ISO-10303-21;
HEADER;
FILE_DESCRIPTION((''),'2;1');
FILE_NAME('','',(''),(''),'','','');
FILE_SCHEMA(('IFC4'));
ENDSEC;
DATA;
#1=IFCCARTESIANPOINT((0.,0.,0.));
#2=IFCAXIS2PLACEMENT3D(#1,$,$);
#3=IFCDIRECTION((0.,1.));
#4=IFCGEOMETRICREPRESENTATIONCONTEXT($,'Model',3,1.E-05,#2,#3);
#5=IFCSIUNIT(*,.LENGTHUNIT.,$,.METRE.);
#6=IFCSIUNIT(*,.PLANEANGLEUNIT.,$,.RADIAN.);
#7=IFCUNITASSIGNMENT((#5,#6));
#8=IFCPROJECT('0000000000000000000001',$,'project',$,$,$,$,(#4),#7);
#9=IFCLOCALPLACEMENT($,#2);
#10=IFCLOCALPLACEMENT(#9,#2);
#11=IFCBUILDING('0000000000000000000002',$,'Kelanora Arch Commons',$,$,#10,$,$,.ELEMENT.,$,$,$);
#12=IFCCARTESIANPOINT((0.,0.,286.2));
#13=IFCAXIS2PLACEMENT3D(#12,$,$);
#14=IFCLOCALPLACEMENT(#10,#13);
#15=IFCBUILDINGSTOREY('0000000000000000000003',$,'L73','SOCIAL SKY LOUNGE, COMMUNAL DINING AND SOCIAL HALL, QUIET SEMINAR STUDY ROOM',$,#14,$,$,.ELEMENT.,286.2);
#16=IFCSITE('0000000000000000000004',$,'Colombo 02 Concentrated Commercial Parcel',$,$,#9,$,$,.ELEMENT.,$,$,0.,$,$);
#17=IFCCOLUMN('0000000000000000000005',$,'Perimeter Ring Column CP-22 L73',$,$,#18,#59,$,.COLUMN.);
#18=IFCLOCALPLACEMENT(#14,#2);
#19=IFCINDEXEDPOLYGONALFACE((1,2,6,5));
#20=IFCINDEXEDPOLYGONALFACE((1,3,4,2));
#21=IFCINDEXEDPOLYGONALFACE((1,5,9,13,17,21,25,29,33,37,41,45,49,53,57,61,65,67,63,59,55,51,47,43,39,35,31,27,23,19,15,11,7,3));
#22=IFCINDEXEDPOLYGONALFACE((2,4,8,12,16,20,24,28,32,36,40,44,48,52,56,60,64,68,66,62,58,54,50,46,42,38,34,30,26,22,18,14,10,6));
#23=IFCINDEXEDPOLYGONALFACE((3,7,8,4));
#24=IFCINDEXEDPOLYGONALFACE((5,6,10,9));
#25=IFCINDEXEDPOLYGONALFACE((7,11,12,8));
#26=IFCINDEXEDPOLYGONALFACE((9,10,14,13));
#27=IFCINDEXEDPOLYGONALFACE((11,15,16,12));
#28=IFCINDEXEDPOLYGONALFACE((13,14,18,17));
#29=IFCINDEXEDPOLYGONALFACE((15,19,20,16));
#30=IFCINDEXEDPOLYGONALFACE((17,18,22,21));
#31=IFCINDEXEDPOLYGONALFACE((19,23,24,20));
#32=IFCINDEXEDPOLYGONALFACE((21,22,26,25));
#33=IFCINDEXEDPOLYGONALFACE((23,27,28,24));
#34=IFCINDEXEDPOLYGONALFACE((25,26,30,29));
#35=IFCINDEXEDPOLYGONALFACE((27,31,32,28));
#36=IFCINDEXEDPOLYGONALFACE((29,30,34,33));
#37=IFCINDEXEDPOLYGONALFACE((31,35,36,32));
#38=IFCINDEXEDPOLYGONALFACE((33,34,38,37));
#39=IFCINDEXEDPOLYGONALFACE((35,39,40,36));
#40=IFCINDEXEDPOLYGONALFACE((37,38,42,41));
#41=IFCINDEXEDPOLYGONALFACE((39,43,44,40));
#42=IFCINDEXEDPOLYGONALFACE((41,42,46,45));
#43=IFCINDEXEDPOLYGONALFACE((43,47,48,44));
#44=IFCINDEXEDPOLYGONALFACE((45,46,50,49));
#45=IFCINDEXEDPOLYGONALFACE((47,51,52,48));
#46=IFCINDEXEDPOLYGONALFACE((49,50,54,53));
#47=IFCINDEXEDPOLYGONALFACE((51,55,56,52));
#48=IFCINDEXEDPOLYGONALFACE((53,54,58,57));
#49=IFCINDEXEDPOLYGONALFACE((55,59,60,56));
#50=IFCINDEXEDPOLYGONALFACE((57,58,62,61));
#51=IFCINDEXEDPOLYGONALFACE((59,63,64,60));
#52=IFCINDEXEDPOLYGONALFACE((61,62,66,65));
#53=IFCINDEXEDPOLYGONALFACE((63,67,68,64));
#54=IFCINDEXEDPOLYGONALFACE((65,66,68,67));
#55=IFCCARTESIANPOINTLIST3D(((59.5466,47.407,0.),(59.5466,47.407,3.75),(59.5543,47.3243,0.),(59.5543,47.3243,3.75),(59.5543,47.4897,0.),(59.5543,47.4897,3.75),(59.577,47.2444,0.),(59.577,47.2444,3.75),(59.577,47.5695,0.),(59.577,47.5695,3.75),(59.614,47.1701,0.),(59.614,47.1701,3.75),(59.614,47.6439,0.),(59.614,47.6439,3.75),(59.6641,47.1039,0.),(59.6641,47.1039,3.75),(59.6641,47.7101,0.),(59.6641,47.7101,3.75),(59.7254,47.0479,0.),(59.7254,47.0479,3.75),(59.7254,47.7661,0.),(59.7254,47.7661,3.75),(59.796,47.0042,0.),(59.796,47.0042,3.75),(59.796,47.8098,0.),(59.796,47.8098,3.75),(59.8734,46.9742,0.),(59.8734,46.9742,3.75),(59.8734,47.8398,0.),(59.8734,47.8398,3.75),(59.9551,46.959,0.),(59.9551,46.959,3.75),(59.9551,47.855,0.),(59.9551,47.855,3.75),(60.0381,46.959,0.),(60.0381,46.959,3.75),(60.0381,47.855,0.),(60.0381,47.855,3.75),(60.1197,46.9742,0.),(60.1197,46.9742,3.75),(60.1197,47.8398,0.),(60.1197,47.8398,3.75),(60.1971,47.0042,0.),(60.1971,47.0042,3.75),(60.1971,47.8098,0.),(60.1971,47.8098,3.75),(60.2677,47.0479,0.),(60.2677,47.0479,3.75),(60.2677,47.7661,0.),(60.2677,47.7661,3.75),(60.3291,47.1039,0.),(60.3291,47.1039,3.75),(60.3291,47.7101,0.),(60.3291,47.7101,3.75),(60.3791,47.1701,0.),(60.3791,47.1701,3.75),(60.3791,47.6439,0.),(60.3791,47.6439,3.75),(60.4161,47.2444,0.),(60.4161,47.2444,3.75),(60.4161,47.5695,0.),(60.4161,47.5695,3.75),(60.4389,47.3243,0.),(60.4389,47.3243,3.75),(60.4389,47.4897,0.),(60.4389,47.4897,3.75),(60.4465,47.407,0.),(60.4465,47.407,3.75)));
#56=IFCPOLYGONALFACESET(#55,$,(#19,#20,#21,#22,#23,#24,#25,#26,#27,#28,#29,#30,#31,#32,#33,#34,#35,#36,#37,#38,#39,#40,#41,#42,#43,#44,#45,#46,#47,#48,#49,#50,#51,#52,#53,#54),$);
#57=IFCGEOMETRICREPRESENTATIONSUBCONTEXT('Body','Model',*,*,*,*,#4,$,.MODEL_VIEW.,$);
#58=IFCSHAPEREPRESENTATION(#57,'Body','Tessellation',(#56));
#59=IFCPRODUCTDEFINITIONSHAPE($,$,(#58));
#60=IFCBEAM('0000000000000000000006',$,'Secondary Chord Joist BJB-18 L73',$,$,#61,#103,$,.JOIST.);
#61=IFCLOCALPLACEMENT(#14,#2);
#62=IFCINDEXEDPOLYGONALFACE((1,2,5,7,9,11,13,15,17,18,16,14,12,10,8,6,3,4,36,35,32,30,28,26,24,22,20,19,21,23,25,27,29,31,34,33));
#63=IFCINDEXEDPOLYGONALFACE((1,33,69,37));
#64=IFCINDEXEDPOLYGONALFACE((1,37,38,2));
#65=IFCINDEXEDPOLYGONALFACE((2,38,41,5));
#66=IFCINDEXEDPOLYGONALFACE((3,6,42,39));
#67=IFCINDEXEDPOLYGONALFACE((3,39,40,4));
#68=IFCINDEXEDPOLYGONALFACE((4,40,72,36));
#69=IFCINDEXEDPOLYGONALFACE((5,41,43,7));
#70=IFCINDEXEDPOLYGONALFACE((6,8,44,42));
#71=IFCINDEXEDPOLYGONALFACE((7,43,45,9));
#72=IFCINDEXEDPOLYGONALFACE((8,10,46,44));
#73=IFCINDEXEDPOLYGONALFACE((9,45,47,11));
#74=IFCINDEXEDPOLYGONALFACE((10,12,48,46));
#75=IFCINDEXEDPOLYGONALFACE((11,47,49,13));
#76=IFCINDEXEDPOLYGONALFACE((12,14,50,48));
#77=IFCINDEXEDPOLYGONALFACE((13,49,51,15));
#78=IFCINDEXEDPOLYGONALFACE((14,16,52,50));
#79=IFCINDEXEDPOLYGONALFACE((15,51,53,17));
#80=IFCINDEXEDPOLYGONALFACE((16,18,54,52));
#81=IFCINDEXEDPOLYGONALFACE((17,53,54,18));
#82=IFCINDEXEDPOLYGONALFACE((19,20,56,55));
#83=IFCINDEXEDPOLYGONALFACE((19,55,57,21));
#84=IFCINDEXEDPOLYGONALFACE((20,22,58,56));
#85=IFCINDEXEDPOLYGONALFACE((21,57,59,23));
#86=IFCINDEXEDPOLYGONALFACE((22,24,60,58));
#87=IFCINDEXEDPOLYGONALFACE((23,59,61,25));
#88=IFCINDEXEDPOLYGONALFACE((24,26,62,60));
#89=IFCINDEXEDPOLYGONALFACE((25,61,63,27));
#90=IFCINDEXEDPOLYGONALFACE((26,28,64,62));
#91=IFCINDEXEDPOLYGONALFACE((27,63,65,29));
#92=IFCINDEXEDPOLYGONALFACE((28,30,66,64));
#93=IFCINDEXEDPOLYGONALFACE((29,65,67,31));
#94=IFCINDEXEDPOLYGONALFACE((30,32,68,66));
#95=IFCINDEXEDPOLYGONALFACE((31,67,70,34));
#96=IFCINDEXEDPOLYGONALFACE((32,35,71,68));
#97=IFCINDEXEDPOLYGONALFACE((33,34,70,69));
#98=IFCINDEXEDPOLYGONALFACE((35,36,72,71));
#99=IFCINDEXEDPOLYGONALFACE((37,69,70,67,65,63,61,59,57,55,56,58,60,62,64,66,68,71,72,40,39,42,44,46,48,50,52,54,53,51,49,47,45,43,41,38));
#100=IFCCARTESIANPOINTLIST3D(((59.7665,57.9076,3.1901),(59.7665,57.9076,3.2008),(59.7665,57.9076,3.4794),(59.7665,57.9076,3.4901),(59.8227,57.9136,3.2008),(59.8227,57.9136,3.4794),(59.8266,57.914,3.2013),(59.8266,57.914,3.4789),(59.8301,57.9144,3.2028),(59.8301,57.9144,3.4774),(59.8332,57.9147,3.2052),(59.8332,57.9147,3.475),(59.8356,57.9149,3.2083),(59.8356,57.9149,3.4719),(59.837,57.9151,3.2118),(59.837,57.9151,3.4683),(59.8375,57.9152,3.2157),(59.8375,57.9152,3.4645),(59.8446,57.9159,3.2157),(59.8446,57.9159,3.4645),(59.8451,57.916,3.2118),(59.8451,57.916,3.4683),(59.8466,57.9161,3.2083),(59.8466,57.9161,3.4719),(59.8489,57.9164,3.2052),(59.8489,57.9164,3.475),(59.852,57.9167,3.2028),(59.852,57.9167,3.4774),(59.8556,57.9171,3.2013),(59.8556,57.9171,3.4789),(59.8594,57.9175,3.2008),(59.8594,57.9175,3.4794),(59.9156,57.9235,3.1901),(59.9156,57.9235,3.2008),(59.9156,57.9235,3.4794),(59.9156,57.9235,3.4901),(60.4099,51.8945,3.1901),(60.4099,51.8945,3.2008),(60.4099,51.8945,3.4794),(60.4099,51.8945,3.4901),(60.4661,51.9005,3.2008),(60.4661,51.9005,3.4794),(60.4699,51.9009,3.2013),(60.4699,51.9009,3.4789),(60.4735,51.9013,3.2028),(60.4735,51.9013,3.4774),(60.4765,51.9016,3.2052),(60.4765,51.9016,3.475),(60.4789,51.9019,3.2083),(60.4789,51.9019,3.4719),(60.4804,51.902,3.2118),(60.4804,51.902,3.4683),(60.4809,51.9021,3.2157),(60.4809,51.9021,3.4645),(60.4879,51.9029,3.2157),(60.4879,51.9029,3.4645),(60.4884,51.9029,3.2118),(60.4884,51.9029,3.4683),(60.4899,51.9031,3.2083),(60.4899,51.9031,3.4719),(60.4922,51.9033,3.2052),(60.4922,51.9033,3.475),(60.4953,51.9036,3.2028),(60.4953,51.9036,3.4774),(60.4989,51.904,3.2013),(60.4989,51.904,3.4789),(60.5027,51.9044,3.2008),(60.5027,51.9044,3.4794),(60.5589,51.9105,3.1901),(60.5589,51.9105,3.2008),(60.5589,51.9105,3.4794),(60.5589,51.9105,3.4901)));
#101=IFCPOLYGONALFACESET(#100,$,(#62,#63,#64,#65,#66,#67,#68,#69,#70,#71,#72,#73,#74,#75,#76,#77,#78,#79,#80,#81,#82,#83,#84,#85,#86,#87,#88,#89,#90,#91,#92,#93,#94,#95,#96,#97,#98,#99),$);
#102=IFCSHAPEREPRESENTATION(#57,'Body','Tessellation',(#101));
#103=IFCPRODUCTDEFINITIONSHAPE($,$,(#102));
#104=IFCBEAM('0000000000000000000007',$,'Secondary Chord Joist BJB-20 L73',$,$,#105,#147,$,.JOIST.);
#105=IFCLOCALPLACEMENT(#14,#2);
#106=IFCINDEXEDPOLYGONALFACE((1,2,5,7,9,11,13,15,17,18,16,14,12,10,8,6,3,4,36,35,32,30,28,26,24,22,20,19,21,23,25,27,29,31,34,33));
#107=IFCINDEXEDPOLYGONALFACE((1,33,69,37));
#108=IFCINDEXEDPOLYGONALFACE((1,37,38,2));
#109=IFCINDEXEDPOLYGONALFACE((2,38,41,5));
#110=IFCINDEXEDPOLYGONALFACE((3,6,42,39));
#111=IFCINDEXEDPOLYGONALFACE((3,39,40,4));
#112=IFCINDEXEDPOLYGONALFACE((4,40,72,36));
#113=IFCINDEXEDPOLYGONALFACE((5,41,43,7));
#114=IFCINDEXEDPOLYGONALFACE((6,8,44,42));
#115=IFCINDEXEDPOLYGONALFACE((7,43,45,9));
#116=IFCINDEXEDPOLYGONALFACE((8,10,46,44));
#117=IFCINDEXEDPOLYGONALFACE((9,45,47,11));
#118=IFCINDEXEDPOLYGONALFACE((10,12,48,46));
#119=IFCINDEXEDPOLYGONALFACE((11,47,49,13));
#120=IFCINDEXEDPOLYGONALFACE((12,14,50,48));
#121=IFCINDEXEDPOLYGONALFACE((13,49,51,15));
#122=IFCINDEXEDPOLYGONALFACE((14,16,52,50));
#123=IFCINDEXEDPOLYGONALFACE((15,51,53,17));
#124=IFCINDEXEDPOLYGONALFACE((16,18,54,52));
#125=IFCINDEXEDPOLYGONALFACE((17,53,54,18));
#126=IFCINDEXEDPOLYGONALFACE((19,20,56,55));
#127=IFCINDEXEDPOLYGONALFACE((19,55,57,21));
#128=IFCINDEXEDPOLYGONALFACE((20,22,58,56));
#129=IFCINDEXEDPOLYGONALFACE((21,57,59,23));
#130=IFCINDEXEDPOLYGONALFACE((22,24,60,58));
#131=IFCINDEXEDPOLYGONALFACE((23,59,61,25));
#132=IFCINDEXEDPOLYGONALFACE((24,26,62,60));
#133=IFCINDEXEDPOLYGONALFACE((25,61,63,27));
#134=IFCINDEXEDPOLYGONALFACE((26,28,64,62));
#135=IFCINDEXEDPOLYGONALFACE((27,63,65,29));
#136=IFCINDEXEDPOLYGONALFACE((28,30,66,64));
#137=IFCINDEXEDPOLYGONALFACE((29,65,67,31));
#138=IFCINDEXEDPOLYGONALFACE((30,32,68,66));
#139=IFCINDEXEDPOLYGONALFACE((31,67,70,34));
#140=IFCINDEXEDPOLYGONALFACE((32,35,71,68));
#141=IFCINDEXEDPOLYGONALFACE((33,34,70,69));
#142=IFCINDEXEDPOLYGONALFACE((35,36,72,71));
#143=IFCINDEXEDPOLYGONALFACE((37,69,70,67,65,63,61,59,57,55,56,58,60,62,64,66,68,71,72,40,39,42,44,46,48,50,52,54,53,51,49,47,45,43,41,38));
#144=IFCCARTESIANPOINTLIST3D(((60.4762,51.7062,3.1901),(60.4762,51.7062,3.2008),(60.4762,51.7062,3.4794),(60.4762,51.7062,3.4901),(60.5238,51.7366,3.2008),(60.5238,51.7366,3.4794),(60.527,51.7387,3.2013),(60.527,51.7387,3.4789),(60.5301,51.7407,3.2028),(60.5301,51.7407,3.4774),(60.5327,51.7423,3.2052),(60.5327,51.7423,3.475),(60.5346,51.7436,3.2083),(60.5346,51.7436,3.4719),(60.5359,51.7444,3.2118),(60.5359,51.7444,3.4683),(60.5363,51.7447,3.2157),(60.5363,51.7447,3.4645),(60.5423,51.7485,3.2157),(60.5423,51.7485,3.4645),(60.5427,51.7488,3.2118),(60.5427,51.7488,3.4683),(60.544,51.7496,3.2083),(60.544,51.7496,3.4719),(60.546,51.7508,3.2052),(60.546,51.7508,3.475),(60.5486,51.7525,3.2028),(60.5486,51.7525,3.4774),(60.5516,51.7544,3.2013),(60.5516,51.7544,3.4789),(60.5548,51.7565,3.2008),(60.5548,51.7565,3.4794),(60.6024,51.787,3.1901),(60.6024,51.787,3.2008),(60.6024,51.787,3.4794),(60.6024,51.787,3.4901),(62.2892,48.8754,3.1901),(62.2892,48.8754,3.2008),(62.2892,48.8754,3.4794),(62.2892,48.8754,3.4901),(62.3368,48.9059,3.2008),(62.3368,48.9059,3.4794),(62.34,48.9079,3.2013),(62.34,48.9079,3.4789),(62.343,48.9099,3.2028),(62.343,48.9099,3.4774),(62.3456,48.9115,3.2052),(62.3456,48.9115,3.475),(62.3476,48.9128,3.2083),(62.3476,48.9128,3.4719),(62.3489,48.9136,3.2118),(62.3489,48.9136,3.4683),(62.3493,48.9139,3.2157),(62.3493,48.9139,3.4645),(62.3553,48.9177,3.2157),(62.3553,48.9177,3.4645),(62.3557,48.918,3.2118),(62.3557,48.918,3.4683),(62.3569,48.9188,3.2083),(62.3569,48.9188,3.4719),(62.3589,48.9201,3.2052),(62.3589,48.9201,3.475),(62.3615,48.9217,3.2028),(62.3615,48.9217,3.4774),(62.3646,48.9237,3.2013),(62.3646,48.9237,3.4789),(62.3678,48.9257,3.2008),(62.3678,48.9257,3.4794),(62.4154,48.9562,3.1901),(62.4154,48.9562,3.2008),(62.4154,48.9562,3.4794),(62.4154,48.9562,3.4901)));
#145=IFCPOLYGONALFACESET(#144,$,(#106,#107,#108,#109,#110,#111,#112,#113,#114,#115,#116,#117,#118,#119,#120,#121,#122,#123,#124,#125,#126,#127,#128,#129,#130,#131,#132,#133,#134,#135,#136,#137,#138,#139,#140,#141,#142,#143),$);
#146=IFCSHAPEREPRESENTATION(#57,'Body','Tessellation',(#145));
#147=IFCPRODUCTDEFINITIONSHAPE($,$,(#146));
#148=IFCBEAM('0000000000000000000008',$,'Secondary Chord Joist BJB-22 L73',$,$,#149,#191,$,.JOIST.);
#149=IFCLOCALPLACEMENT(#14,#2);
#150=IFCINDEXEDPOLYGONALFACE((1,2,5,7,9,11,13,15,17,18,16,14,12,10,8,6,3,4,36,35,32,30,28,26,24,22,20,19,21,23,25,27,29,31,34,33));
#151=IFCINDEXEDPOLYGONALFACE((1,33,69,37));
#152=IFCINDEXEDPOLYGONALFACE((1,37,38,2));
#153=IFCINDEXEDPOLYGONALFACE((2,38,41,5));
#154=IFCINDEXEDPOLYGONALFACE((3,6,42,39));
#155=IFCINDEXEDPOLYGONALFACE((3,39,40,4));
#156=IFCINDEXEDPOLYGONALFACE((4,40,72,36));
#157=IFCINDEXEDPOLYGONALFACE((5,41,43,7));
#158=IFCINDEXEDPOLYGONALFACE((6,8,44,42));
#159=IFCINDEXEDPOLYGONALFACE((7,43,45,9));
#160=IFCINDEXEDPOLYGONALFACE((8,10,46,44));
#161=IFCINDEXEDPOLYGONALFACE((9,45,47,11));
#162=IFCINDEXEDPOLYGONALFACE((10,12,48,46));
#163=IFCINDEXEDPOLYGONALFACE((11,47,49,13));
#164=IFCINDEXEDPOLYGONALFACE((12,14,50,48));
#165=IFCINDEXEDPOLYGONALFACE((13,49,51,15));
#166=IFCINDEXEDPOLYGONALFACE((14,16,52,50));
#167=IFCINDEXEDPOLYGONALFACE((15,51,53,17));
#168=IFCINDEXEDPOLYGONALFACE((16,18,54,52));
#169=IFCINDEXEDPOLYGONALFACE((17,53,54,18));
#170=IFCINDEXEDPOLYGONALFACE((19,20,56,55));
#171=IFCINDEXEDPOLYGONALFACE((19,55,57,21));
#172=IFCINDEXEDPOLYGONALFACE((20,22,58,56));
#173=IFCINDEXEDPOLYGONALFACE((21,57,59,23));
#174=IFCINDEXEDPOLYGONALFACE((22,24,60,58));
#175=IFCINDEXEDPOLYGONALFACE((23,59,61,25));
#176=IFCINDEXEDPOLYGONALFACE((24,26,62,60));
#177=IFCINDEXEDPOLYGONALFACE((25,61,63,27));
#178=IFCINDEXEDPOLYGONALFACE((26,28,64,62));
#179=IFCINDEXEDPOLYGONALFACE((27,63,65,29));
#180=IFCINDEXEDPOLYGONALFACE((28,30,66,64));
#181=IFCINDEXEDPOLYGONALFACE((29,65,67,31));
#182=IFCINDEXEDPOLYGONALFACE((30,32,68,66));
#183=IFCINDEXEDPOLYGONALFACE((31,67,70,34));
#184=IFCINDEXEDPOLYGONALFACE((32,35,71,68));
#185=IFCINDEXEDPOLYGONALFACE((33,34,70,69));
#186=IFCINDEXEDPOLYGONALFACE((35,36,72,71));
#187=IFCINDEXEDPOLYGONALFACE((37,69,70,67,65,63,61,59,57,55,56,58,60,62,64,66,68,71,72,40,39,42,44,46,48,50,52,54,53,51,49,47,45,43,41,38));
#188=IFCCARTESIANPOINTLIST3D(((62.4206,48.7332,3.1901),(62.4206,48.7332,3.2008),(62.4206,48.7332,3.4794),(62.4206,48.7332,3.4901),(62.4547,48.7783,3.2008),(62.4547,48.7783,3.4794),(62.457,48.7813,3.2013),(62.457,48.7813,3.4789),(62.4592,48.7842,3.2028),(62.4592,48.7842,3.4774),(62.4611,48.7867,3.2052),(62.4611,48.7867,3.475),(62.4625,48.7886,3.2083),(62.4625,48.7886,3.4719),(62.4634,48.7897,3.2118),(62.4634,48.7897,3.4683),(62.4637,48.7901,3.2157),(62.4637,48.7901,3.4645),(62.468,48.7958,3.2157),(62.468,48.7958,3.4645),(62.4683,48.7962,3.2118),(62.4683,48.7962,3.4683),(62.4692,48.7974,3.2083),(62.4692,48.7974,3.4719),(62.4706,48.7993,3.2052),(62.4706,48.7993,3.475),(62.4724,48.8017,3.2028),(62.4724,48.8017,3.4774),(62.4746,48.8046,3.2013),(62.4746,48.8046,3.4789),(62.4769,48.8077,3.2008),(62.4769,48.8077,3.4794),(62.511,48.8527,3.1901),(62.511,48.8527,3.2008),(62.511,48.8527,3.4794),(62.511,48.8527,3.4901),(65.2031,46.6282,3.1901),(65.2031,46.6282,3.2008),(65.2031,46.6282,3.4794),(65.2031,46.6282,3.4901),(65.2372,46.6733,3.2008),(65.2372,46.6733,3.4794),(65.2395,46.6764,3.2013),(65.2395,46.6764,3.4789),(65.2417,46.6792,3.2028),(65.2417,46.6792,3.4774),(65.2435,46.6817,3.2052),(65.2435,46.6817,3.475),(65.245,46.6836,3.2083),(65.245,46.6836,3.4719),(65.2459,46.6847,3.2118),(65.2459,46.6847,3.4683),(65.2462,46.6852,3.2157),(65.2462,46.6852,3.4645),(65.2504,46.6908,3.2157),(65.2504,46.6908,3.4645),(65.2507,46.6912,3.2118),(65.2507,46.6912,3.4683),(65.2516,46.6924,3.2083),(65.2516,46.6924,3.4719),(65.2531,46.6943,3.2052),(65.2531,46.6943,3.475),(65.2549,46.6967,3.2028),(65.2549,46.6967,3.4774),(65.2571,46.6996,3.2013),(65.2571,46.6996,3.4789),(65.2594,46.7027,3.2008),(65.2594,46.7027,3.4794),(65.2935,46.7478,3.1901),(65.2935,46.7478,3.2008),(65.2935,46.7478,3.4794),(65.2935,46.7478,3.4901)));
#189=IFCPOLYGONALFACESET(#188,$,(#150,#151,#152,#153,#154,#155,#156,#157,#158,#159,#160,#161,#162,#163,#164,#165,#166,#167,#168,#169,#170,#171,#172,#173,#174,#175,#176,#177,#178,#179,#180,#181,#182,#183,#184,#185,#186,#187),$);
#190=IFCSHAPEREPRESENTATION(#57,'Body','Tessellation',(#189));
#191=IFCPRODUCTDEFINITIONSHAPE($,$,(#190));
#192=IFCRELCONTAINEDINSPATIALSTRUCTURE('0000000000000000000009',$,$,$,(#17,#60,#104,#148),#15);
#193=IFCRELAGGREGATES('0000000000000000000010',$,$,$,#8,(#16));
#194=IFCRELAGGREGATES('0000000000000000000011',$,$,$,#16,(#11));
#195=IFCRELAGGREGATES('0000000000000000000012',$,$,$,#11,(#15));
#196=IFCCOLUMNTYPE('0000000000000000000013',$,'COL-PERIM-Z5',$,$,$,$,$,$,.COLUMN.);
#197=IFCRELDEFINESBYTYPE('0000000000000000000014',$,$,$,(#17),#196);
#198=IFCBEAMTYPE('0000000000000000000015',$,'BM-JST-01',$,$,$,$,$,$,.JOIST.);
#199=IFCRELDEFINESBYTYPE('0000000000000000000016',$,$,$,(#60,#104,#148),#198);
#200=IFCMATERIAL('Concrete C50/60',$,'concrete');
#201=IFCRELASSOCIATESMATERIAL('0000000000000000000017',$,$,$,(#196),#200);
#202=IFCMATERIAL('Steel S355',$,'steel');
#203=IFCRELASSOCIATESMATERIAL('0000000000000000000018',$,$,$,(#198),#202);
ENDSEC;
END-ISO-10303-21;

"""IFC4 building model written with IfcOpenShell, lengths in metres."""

from ifc_helpers import new_model, si_unit, direction, frame, origin, origin_2d, place, context, subcontext, project, spatial, circle, i_section, extrude, material, material_profile, profile_set, type_object, element, save


model = new_model("IFC4")

# Units and contexts
model_context = context("Model", 3, precision=1e-05, world=origin(), true_north=direction((0.0, 1.0)))
body_context = subcontext(model_context, "Body", "Model", "MODEL_VIEW")
ifc_project = project(units=[si_unit("LENGTHUNIT", "METRE"), si_unit("PLANEANGLEUNIT", "RADIAN")], contexts=[model_context])

# Site, building, storey
site_placement = place(None, origin())
site = spatial("IfcSite", under=ifc_project, at=site_placement, Name="Colombo 02 Concentrated Commercial Parcel", CompositionType="ELEMENT", RefElevation=0.0)
building_placement = place(site_placement, origin())
building = spatial("IfcBuilding", under=site, at=building_placement, Name="Kelanora Arch Commons", CompositionType="ELEMENT")
storey_placement = place(building_placement, frame((0.0, 0.0, 286.2)))
storey = spatial("IfcBuildingStorey", under=building, at=storey_placement, Name="L73", Description="SOCIAL SKY LOUNGE, COMMUNAL DINING AND SOCIAL HALL, QUIET SEMINAR STUDY ROOM", CompositionType="ELEMENT", Elevation=286.2)

# Column
ifc_material_1 = material(Name="Concrete C50/60", Category="concrete")
ifc_material_profile_1 = material_profile(ifc_material_1, circle(Radius=0.45, at=origin_2d()), Name="RCC900")
ifc_profile_set_1 = profile_set([ifc_material_profile_1], Name="Concrete C50/60")
column_type = type_object("IfcColumnType", Name="COL-PERIM-Z5", PredefinedType="COLUMN", material=ifc_profile_set_1)
column_placement = place(storey_placement, frame((59.9966, 47.407, 0.0), z_axis=(0.0, 0.0, 1.0), x_axis=(1.0, 0.0, 0.0)))
element("IfcColumn", 1, at=column_placement, inside=storey, type_object=column_type, Name="Perimeter Ring Column CP-22 L73", PredefinedType="COLUMN", context=body_context, shape_type="SweptSolid", body=[
    extrude(circle(Radius=0.45, at=origin_2d()), origin(), (0.0, 0.0, 1.0), 3.75),
])

# Beams
ifc_material_2 = material(Name="Steel S355", Category="steel")
ifc_material_profile_2 = material_profile(ifc_material_2, i_section(OverallWidth=0.1499, OverallDepth=0.3, WebThickness=0.0071, FlangeThickness=0.0107, FilletRadius=0.0149, at=origin_2d()), Name="IPE300")
ifc_profile_set_2 = profile_set([ifc_material_profile_2], Name="Steel S355")
beam_type_1 = type_object("IfcBeamType", Name="BM-JST-01", PredefinedType="JOIST", material=ifc_profile_set_2)
beam_1_placement = place(storey_placement, frame((59.8411, 57.9155, 3.3401), z_axis=(0.106381, -0.994325, 0.0), x_axis=(0.994325, 0.106381, 0.0)))
element("IfcBeam", 2, at=beam_1_placement, inside=storey, type_object=beam_type_1, Name="Secondary Chord Joist BJB-18 L73", PredefinedType="JOIST", context=body_context, shape_type="SweptSolid", body=[
    extrude(i_section(OverallWidth=0.1499, OverallDepth=0.3, WebThickness=0.0071, FlangeThickness=0.0107, FilletRadius=0.0149, at=origin_2d()), origin(), (0.0, 0.0, 1.0), 6.0474),
])
beam_2_placement = place(storey_placement, frame((60.5393, 51.7466, 3.3401), z_axis=(0.539322, -0.8421, 0.0), x_axis=(0.8421, 0.539322, 0.0)))
element("IfcBeam", 3, at=beam_2_placement, inside=storey, type_object=beam_type_1, Name="Secondary Chord Joist BJB-20 L73", PredefinedType="JOIST", context=body_context, shape_type="SweptSolid", body=[
    extrude(i_section(OverallWidth=0.1499, OverallDepth=0.3, WebThickness=0.0071, FlangeThickness=0.0107, FilletRadius=0.0149, at=origin_2d()), origin(), (0.0, 0.0, 1.0), 3.3616),
])
beam_3_placement = place(storey_placement, frame((62.4658, 48.793, 3.3401), z_axis=(0.797499, -0.60332, 0.0), x_axis=(0.60332, 0.797499, 0.0)))
element("IfcBeam", 4, at=beam_3_placement, inside=storey, type_object=beam_type_1, Name="Secondary Chord Joist BJB-22 L73", PredefinedType="JOIST", context=body_context, shape_type="SweptSolid", body=[
    extrude(i_section(OverallWidth=0.1499, OverallDepth=0.3, WebThickness=0.0071, FlangeThickness=0.0107, FilletRadius=0.0149, at=origin_2d()), origin(), (0.0, 0.0, 1.0), 3.489),
])

save(model, "model.ifc")
